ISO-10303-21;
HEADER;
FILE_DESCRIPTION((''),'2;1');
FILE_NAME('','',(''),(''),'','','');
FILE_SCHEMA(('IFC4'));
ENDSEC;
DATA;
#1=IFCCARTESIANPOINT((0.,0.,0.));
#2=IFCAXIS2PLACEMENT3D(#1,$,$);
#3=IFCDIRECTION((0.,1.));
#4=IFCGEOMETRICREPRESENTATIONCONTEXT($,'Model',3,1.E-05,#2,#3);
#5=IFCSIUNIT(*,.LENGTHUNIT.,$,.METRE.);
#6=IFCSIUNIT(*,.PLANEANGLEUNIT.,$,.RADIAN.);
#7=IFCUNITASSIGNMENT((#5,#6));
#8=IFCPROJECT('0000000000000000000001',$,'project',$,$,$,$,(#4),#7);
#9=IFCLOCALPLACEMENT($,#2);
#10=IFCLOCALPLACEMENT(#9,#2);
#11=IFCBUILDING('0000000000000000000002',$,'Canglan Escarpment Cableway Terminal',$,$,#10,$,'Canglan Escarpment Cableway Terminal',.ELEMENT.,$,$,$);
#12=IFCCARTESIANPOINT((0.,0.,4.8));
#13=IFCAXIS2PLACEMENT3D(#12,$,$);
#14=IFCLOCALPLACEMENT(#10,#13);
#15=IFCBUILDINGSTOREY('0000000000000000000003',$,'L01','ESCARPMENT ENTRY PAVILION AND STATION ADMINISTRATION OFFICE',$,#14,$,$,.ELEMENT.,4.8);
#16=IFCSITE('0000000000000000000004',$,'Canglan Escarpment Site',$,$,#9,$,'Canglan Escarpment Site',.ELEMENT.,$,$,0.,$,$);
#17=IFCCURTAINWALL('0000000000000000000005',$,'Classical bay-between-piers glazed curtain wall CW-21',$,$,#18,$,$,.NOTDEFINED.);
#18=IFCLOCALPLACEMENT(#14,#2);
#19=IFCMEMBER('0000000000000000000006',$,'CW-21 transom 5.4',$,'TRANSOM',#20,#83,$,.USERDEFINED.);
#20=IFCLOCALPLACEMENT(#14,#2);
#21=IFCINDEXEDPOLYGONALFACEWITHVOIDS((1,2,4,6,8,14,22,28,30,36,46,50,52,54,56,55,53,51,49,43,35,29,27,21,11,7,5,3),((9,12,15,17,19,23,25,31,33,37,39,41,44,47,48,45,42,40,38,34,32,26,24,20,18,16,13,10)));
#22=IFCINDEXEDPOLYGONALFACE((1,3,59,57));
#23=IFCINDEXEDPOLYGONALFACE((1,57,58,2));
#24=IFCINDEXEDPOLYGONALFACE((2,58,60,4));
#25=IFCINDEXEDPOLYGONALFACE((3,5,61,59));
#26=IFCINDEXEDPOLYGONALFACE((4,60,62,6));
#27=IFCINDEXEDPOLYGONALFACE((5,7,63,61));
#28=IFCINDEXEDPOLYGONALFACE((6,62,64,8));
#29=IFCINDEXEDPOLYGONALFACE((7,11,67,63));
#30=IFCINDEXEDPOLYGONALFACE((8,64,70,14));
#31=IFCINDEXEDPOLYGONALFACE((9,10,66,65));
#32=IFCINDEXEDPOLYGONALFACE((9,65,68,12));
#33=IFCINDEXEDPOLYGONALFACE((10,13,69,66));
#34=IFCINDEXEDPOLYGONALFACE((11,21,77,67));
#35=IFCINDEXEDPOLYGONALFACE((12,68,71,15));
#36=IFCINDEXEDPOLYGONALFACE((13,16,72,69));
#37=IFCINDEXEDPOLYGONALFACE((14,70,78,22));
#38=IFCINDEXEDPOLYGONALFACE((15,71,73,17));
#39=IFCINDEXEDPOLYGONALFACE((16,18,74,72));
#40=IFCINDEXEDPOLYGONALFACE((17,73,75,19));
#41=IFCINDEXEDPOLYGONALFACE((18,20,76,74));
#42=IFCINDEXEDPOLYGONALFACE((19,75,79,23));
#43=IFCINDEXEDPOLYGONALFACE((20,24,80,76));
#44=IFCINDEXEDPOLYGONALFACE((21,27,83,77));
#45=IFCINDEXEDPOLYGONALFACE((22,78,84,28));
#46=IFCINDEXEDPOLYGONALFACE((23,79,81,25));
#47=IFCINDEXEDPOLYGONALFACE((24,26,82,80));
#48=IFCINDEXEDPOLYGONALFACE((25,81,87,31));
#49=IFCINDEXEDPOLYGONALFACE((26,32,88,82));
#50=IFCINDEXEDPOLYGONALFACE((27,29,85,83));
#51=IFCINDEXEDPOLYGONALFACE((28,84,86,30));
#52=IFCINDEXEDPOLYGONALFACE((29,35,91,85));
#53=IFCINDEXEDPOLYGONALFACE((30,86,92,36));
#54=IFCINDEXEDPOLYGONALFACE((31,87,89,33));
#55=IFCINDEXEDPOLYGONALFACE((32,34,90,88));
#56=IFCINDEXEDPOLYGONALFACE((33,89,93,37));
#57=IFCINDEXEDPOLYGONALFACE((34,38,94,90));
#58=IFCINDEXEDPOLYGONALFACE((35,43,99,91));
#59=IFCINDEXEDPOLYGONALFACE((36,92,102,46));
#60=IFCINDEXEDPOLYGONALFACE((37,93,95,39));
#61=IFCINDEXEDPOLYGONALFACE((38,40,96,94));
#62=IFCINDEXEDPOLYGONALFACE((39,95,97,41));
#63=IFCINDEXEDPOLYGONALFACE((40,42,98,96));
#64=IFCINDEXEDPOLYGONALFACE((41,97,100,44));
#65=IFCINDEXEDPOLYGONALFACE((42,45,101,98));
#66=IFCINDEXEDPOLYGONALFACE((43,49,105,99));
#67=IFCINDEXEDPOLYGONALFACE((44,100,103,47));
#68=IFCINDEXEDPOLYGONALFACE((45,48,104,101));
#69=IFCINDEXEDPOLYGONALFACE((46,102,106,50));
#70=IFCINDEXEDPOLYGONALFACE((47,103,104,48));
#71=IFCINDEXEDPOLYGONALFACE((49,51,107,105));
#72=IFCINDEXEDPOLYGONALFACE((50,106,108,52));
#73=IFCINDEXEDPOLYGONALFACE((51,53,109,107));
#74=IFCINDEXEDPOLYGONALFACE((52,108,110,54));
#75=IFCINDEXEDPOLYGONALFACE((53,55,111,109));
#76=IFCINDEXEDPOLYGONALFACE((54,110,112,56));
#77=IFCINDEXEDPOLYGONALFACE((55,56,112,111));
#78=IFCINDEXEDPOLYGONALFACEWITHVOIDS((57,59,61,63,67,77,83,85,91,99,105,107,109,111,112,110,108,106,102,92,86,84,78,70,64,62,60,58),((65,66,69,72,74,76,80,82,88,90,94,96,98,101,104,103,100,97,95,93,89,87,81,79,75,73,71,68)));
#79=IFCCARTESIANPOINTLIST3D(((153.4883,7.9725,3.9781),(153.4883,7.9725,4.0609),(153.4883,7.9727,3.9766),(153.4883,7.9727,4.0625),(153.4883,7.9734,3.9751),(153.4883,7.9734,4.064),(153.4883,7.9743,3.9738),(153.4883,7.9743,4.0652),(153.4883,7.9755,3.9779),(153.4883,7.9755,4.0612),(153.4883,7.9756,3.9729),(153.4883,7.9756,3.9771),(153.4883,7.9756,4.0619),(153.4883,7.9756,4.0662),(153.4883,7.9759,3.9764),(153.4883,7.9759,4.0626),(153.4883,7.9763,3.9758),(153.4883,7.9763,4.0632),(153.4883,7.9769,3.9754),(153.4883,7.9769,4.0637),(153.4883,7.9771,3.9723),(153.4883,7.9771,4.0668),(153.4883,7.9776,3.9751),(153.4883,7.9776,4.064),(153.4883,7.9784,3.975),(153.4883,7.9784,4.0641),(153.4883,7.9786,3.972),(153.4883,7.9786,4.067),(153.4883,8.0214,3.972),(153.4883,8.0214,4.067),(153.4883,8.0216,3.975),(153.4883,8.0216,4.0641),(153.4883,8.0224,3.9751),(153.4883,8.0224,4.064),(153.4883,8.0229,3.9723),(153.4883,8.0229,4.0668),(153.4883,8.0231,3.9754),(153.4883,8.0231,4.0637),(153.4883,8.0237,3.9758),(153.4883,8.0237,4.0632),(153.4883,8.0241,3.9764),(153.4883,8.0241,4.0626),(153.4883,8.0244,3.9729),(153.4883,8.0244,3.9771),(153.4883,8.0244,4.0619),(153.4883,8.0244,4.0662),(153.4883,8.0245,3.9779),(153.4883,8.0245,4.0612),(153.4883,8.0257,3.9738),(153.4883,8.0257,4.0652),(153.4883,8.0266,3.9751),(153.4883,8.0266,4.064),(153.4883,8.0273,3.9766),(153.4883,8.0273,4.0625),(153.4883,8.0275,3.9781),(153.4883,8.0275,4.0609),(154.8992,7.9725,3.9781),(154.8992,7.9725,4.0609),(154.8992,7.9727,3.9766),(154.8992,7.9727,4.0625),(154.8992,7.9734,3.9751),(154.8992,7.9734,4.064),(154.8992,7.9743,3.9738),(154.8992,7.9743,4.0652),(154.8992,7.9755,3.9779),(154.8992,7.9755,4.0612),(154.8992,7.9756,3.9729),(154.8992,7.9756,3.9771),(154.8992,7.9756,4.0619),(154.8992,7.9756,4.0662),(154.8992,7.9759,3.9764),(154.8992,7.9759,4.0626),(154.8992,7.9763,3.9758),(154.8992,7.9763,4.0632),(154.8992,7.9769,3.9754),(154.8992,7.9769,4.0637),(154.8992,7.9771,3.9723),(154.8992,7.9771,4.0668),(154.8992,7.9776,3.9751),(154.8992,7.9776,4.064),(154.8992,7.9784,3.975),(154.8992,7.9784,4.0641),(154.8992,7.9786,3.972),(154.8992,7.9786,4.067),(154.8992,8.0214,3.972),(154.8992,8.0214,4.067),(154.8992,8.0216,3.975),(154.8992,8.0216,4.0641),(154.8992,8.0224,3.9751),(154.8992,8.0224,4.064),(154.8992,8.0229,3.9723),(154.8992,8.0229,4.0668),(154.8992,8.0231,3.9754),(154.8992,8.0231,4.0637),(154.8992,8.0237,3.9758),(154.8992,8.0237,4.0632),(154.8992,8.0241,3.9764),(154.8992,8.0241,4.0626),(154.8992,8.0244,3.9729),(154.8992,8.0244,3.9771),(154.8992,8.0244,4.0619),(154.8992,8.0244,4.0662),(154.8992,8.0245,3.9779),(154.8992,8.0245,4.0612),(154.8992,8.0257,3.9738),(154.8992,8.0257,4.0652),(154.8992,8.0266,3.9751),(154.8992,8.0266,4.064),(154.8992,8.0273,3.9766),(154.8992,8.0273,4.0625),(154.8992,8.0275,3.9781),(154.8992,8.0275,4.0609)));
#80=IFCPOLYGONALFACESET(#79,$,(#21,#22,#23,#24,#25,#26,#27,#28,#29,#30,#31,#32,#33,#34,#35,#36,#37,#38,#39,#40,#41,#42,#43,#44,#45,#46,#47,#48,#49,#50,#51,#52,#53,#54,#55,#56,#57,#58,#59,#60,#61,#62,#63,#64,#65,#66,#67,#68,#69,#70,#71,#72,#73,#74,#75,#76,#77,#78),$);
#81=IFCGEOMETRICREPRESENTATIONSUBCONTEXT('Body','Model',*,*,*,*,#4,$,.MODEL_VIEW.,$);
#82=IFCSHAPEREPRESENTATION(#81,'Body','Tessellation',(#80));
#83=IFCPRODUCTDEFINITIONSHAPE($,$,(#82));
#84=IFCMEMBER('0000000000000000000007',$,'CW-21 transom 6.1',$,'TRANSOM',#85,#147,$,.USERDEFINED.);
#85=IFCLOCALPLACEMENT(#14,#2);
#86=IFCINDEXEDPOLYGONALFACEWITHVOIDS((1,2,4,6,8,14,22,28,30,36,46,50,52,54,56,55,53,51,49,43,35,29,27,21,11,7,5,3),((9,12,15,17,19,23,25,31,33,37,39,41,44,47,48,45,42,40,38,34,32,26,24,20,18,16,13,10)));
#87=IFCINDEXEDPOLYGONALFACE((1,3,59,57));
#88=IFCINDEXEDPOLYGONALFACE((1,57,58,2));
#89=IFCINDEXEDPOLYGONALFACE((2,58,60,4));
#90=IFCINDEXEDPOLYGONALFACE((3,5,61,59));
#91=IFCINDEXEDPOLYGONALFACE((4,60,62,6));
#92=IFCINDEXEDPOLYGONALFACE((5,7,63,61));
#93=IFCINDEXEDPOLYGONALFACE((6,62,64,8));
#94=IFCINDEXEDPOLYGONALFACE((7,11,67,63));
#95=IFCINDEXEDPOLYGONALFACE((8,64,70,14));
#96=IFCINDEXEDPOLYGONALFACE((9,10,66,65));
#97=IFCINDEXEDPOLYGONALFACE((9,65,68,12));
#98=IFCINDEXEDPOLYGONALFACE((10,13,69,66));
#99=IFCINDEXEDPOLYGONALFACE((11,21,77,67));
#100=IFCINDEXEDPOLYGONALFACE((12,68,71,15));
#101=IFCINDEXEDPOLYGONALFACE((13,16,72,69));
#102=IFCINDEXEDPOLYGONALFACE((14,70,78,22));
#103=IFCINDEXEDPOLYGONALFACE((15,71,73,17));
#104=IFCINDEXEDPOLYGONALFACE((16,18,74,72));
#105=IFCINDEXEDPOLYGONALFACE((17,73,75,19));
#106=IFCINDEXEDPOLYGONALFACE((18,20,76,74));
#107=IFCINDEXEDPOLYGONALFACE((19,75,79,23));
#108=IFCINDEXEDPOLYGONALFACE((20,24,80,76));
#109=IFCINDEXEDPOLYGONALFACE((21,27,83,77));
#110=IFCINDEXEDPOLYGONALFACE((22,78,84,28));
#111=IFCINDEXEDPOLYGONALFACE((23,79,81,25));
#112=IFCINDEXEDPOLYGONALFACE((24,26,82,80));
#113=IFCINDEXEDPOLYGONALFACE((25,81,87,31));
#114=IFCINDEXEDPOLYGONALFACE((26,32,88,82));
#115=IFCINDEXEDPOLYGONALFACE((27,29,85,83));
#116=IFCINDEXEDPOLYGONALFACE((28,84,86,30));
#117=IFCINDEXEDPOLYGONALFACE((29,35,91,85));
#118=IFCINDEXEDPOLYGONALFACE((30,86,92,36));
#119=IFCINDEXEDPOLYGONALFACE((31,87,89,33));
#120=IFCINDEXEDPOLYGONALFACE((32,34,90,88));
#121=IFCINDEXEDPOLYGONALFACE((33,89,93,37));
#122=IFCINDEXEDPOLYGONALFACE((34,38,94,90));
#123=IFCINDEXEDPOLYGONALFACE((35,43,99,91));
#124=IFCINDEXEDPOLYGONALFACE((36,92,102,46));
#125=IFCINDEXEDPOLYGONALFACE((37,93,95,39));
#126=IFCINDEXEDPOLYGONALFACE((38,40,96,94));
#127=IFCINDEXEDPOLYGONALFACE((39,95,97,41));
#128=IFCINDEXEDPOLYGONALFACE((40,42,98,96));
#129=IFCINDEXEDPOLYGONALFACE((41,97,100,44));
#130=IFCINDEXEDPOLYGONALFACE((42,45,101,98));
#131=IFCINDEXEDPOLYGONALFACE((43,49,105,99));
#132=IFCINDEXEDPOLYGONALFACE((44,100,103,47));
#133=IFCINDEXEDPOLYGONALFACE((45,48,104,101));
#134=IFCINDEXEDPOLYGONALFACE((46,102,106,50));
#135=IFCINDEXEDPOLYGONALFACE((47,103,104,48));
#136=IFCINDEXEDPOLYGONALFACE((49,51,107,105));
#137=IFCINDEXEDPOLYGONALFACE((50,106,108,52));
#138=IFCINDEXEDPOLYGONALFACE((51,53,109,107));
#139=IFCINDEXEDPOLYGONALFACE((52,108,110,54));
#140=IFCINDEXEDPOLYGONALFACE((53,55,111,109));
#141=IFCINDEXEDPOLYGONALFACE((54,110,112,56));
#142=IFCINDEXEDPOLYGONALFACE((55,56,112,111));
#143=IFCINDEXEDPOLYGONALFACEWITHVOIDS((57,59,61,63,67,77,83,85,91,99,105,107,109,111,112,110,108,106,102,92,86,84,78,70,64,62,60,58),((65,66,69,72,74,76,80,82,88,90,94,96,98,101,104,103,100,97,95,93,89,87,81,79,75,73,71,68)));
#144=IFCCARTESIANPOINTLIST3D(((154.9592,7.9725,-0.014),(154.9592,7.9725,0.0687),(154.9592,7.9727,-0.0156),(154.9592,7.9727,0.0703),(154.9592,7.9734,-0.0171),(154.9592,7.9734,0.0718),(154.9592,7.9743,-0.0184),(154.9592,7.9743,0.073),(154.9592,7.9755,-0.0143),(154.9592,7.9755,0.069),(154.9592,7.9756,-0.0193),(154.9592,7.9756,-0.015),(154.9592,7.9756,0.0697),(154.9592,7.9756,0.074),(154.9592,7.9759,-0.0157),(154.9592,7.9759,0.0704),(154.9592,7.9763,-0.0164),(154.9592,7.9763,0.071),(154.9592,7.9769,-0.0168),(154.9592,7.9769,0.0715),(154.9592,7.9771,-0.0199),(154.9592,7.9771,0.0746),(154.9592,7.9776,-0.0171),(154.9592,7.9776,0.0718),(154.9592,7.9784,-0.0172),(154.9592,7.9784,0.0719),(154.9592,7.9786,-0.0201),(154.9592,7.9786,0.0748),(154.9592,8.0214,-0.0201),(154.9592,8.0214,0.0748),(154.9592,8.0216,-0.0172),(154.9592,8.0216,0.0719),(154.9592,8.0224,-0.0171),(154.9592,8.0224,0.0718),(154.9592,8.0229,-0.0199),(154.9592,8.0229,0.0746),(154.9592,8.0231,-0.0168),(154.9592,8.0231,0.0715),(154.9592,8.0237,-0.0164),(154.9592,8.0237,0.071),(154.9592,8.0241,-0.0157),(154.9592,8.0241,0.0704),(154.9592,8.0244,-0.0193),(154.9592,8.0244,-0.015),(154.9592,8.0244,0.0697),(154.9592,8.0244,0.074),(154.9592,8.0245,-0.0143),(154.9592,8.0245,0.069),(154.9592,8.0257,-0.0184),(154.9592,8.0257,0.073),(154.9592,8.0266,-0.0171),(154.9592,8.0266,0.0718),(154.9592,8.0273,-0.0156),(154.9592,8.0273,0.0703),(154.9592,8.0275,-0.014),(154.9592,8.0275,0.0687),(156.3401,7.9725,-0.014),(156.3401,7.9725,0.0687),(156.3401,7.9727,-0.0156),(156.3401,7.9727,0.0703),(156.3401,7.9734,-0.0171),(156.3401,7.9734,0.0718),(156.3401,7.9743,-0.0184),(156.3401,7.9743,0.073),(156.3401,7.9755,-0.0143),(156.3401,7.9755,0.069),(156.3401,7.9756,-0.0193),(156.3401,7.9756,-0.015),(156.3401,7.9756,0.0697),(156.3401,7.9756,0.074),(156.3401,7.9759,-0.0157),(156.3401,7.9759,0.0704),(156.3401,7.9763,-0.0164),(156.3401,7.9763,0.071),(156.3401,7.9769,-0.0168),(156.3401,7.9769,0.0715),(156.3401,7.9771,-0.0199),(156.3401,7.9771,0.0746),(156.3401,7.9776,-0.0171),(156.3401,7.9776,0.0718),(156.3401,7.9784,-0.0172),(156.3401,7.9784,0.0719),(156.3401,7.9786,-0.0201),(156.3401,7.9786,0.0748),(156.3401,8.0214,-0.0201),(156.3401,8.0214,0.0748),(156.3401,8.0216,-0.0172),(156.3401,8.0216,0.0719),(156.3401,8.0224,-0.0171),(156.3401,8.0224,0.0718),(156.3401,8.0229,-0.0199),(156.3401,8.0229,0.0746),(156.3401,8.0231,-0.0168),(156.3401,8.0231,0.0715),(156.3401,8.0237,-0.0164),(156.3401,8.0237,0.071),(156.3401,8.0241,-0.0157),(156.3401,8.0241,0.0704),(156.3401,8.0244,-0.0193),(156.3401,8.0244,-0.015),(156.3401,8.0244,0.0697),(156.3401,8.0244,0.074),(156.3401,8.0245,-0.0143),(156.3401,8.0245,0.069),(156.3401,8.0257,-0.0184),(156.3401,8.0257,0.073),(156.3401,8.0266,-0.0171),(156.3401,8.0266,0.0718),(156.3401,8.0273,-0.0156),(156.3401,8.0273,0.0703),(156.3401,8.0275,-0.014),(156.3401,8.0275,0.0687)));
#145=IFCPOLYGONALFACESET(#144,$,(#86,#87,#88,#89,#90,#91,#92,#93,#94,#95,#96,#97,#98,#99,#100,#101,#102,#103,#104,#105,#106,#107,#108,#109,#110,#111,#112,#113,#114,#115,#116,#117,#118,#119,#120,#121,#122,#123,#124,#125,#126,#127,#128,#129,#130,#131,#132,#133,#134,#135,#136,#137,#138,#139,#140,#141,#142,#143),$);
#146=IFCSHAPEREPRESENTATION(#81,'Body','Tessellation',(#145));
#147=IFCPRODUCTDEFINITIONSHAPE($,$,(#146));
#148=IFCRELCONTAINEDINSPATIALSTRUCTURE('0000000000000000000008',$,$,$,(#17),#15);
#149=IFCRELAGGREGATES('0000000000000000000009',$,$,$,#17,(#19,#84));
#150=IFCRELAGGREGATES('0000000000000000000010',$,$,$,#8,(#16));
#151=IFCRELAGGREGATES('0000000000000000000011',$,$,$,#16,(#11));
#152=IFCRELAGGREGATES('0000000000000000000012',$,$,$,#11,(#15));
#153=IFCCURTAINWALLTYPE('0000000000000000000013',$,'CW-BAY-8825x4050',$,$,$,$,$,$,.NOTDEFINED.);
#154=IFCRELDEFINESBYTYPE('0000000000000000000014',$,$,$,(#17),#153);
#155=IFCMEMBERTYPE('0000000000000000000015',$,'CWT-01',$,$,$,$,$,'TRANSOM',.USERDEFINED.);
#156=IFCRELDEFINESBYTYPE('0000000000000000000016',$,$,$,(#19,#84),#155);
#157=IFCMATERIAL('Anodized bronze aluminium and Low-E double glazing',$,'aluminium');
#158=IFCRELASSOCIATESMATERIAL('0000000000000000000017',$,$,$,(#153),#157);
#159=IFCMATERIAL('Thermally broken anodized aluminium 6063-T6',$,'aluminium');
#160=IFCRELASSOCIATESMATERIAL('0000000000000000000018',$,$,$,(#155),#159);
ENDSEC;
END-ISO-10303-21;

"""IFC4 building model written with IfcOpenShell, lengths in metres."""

from ifc_helpers import new_model, si_unit, direction, frame, origin, origin_2d, place, context, subcontext, project, spatial, hollow_rectangle, extrude, material, material_profile, profile_set, type_object, element, aggregate, save


model = new_model("IFC4")

# Units and contexts
model_context = context("Model", 3, precision=1e-05, world=origin(), true_north=direction((0.0, 1.0)))
body_context = subcontext(model_context, "Body", "Model", "MODEL_VIEW")
ifc_project = project(units=[si_unit("LENGTHUNIT", "METRE"), si_unit("PLANEANGLEUNIT", "RADIAN")], contexts=[model_context])

# Site, building, storey
site_placement = place(None, origin())
site = spatial("IfcSite", under=ifc_project, at=site_placement, Name="Canglan Escarpment Site", LongName="Canglan Escarpment Site", CompositionType="ELEMENT", RefElevation=0.0)
building_placement = place(site_placement, origin())
building = spatial("IfcBuilding", under=site, at=building_placement, Name="Canglan Escarpment Cableway Terminal", LongName="Canglan Escarpment Cableway Terminal", CompositionType="ELEMENT")
storey_placement = place(building_placement, frame((0.0, 0.0, 4.8)))
storey = spatial("IfcBuildingStorey", under=building, at=storey_placement, Name="L01", Description="ESCARPMENT ENTRY PAVILION AND STATION ADMINISTRATION OFFICE", CompositionType="ELEMENT", Elevation=4.8)

# Curtain wall, members
ifc_material_1 = material(Name="Anodized bronze aluminium and Low-E double glazing", Category="aluminium")
curtain_wall_type = type_object("IfcCurtainWallType", Name="CW-BAY-8825x4050", PredefinedType="NOTDEFINED", material=ifc_material_1)
curtain_wall_placement = place(storey_placement, origin())
curtain_wall = element("IfcCurtainWall", 1, at=curtain_wall_placement, inside=storey, type_object=curtain_wall_type, Name="Classical bay-between-piers glazed curtain wall CW-21", PredefinedType="NOTDEFINED")
ifc_material_2 = material(Name="Thermally broken anodized aluminium 6063-T6", Category="aluminium")
ifc_material_profile_1 = material_profile(ifc_material_2, hollow_rectangle(XDim=0.0549, YDim=0.095, WallThickness=0.0029, InnerFilletRadius=0.0029, OuterFilletRadius=0.0061, at=origin_2d()), Name="ALU-TRAN 55x95x3")
ifc_profile_set_1 = profile_set([ifc_material_profile_1], Name="Thermally broken anodized aluminium 6063-T6")
member_type_1 = type_object("IfcMemberType", Name="CWT-01", ElementType="TRANSOM", PredefinedType="USERDEFINED", material=ifc_profile_set_1)
member_1_placement = place(storey_placement, frame((153.4883, 8.0, 4.0195), z_axis=(1.0, 0.0, 0.0), x_axis=(0.0, 1.0, 0.0)))
member_1 = element("IfcMember", 2, at=member_1_placement, type_object=member_type_1, Name="CW-21 transom 5.4", ObjectType="TRANSOM", PredefinedType="USERDEFINED", context=body_context, shape_type="SweptSolid", body=[
    extrude(hollow_rectangle(XDim=0.0549, YDim=0.095, WallThickness=0.0029, InnerFilletRadius=0.0029, OuterFilletRadius=0.0061, at=origin_2d()), origin(), (0.0, 0.0, 1.0), 1.4109),
])
member_2_placement = place(storey_placement, frame((154.9592, 8.0, 0.0273), z_axis=(1.0, 0.0, 0.0), x_axis=(0.0, 1.0, 0.0)))
member_2 = element("IfcMember", 3, at=member_2_placement, type_object=member_type_1, Name="CW-21 transom 6.1", ObjectType="TRANSOM", PredefinedType="USERDEFINED", context=body_context, shape_type="SweptSolid", body=[
    extrude(hollow_rectangle(XDim=0.0549, YDim=0.095, WallThickness=0.0029, InnerFilletRadius=0.0029, OuterFilletRadius=0.0061, at=origin_2d()), origin(), (0.0, 0.0, 1.0), 1.3809),
])
aggregate(curtain_wall, [member_1, member_2])

save(model, "model.ifc")
